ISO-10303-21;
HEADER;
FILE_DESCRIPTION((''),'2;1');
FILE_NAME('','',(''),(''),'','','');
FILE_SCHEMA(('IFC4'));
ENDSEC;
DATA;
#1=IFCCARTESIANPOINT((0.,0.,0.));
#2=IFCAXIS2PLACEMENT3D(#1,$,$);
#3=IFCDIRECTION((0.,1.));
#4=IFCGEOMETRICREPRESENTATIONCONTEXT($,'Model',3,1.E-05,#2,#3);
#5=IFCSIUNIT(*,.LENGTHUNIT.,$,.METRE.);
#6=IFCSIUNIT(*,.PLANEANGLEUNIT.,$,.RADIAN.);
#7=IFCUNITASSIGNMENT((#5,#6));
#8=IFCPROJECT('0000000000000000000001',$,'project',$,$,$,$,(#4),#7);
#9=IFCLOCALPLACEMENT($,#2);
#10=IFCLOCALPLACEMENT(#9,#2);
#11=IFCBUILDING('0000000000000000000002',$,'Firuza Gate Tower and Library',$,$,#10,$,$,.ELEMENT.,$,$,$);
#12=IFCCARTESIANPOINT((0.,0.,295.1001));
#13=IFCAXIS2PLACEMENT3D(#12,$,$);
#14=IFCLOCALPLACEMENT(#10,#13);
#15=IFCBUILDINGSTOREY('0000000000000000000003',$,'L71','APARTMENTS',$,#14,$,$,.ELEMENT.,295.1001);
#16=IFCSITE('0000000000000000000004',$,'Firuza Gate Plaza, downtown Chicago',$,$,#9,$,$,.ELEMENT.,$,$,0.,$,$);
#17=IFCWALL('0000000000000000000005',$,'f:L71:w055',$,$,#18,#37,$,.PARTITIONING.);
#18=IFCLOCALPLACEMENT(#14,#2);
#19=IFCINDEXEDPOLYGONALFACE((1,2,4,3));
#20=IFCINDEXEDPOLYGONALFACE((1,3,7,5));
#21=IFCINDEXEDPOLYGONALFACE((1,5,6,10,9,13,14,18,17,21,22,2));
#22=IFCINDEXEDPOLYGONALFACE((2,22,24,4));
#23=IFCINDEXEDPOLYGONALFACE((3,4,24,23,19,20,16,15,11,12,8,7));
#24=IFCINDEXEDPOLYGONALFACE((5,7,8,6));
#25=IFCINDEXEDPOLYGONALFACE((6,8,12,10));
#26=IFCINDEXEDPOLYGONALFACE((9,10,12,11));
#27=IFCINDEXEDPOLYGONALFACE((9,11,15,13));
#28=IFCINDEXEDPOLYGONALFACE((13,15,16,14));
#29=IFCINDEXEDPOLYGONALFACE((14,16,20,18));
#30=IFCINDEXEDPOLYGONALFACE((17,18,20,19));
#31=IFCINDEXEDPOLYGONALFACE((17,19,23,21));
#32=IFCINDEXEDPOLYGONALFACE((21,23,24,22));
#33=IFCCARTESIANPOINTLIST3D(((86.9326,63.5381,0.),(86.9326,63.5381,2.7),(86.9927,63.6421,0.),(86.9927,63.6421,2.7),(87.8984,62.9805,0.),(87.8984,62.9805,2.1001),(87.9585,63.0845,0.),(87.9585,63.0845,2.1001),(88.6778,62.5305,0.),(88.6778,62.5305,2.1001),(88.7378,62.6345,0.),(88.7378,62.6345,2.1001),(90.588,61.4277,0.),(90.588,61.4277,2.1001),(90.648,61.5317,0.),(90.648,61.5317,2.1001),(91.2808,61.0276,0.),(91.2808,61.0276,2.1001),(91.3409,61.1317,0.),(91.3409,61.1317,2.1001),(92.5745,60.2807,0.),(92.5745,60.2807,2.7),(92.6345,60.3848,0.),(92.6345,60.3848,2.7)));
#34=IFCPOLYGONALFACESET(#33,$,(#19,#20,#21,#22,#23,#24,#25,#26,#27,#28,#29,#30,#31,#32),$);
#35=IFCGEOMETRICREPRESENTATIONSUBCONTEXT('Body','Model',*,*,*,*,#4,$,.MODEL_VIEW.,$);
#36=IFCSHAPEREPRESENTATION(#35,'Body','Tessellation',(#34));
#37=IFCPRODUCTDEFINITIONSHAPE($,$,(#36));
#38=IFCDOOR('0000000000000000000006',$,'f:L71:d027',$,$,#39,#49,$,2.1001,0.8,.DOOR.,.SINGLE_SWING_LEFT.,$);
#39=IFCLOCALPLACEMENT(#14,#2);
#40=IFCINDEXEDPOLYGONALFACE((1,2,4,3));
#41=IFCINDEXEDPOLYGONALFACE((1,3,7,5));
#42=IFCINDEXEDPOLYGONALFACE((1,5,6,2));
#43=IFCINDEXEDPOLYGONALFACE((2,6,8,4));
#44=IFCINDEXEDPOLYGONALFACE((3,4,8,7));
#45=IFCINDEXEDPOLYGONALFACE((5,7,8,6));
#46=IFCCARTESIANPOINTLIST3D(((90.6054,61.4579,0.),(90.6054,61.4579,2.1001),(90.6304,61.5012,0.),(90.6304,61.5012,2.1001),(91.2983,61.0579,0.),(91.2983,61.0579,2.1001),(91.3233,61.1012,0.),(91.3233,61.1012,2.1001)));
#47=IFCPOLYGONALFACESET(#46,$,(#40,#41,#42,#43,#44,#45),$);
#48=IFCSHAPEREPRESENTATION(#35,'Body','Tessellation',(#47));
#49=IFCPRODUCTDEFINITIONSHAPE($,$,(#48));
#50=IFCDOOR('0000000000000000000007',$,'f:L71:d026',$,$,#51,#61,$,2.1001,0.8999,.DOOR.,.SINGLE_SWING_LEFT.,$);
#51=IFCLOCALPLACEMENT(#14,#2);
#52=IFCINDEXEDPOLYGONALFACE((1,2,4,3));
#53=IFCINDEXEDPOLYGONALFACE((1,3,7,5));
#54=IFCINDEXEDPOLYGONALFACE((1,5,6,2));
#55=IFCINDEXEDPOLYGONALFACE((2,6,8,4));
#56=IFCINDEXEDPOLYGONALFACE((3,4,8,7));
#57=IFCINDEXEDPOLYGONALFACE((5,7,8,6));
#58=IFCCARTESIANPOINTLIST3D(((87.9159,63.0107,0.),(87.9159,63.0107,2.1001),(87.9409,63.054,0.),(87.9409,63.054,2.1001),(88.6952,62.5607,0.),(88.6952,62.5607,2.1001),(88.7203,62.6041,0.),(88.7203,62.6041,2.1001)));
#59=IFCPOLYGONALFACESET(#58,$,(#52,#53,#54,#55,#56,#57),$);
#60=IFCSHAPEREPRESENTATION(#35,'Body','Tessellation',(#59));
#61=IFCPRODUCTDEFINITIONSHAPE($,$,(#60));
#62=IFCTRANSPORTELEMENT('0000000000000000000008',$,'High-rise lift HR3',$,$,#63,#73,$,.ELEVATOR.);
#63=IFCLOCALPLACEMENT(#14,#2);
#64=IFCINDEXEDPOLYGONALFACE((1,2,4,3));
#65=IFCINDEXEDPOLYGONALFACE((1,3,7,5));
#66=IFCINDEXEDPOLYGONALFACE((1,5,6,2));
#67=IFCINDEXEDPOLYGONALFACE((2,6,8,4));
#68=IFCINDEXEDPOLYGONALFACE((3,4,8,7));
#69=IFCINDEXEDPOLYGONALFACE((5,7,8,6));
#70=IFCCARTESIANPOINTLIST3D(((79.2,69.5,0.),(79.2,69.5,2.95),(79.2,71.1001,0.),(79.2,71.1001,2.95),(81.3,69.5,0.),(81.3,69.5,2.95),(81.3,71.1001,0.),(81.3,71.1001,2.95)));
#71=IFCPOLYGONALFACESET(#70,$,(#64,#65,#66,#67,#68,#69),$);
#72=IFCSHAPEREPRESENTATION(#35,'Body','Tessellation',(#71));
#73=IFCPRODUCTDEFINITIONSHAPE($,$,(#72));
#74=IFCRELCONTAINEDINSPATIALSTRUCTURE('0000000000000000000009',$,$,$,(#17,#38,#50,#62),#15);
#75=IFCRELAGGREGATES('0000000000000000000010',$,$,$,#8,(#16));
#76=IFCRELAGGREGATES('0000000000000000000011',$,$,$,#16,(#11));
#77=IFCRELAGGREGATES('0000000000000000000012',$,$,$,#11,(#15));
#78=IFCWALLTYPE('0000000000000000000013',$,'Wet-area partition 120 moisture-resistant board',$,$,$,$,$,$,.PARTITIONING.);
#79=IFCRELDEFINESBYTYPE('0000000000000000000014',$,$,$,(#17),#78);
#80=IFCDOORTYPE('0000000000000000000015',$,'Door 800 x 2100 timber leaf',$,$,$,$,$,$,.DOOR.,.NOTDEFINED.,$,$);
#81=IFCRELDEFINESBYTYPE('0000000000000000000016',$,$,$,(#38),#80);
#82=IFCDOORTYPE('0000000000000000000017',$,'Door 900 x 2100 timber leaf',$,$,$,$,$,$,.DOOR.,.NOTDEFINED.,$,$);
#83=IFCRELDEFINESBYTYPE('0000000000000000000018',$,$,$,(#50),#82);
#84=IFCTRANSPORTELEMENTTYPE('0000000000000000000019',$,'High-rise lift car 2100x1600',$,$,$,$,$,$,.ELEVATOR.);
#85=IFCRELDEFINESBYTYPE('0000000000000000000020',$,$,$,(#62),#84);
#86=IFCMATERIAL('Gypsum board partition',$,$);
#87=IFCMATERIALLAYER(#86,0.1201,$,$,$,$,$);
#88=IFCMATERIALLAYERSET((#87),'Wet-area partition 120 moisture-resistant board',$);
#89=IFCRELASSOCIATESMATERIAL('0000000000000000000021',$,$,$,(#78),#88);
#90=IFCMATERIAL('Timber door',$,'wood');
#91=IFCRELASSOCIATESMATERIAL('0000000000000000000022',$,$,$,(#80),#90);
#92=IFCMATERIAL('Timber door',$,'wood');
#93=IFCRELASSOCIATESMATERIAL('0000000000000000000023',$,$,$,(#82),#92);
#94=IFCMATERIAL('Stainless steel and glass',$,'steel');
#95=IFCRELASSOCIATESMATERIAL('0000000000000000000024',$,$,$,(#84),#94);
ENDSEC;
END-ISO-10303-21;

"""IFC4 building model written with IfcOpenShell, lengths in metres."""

from ifc_helpers import new_model, si_unit, direction, frame, frame_2d, origin, origin_2d, place, context, subcontext, project, spatial, rectangle, extrude, material, layer, layer_set, type_object, element, fill, save


model = new_model("IFC4")

# Units and contexts
model_context = context("Model", 3, precision=1e-05, world=origin(), true_north=direction((0.0, 1.0)))
body_context = subcontext(model_context, "Body", "Model", "MODEL_VIEW")
ifc_project = project(units=[si_unit("LENGTHUNIT", "METRE"), si_unit("PLANEANGLEUNIT", "RADIAN")], contexts=[model_context])

# Site, building, storey
site_placement = place(None, origin())
site = spatial("IfcSite", under=ifc_project, at=site_placement, Name="Firuza Gate Plaza, downtown Chicago", CompositionType="ELEMENT", RefElevation=0.0)
building_placement = place(site_placement, origin())
building = spatial("IfcBuilding", under=site, at=building_placement, Name="Firuza Gate Tower and Library", CompositionType="ELEMENT")
storey_placement = place(building_placement, frame((0.0, 0.0, 295.1001)))
storey = spatial("IfcBuildingStorey", under=building, at=storey_placement, Name="L71", Description="APARTMENTS", CompositionType="ELEMENT", Elevation=295.1001)

# Shared definitions
ifc_material_1 = material(Name="Gypsum board partition")
ifc_layer_1 = layer(ifc_material_1, 0.1201)
ifc_layer_set_1 = layer_set([ifc_layer_1], Name="Wet-area partition 120 moisture-resistant board")
wall_type_1 = type_object("IfcWallType", Name="Wet-area partition 120 moisture-resistant board", PredefinedType="PARTITIONING", material=ifc_layer_set_1)

# Wall, openings, doors
wall_1_placement = place(storey_placement, frame((86.9626, 63.5901, 0.0), z_axis=(0.0, 0.0, 1.0), x_axis=(0.866025, -0.5, 0.0)))
wall_1 = element("IfcWall", 1, at=wall_1_placement, inside=storey, type_object=wall_type_1, Name="f:L71:w055", PredefinedType="PARTITIONING", context=body_context, shape_type="SweptSolid", body=[
    extrude(rectangle(XDim=6.5146, YDim=0.1201, at=frame_2d((3.2573, 0.0))), origin(), (0.0, 0.0, 1.0), 2.7),
])
opening_1_placement = place(wall_1_placement, frame((1.1152, 0.0, 0.0)))
opening_1 = element("IfcOpeningElement", 2, at=opening_1_placement, cuts=wall_1, PredefinedType="OPENING", context=body_context, shape_type="SweptSolid", body=[
    extrude(rectangle(XDim=0.8999, YDim=2.1001, at=frame_2d((0.45, 1.05))), frame((0.0, 0.0701, 0.0), z_axis=(0.0, -1.0, 0.0), x_axis=(1.0, 0.0, 0.0)), (0.0, 0.0, 1.0), 0.1401),
])
opening_2_placement = place(wall_1_placement, frame((4.2209, 0.0, 0.0)))
opening_2 = element("IfcOpeningElement", 3, at=opening_2_placement, cuts=wall_1, PredefinedType="OPENING", context=body_context, shape_type="SweptSolid", body=[
    extrude(rectangle(XDim=0.8, YDim=2.1001, at=frame_2d((0.3999, 1.05))), frame((0.0, 0.0701, 0.0), z_axis=(0.0, -1.0, 0.0), x_axis=(1.0, 0.0, 0.0)), (0.0, 0.0, 1.0), 0.1401),
])
ifc_material_2 = material(Name="Timber door", Category="wood")
door_type_1 = type_object("IfcDoorType", Name="Door 800 x 2100 timber leaf", OperationType="NOTDEFINED", PredefinedType="DOOR", material=ifc_material_2)
door_1_placement = place(opening_2_placement, origin())
door_1 = element("IfcDoor", 4, at=door_1_placement, inside=storey, type_object=door_type_1, Name="f:L71:d027", OperationType="SINGLE_SWING_LEFT", OverallHeight=2.1001, OverallWidth=0.8, PredefinedType="DOOR", context=body_context, shape_type="SweptSolid", body=[
    extrude(rectangle(XDim=0.8, YDim=2.1001, at=frame_2d((0.3999, 1.05))), frame((0.0, 0.0249, 0.0), z_axis=(0.0, -1.0, 0.0), x_axis=(1.0, 0.0, 0.0)), (0.0, 0.0, 1.0), 0.05),
])
fill(opening_2, door_1)
ifc_material_3 = material(Name="Timber door", Category="wood")
door_type_2 = type_object("IfcDoorType", Name="Door 900 x 2100 timber leaf", OperationType="NOTDEFINED", PredefinedType="DOOR", material=ifc_material_3)
door_2_placement = place(opening_1_placement, origin())
door_2 = element("IfcDoor", 5, at=door_2_placement, inside=storey, type_object=door_type_2, Name="f:L71:d026", OperationType="SINGLE_SWING_LEFT", OverallHeight=2.1001, OverallWidth=0.8999, PredefinedType="DOOR", context=body_context, shape_type="SweptSolid", body=[
    extrude(rectangle(XDim=0.8999, YDim=2.1001, at=frame_2d((0.45, 1.05))), frame((0.0, 0.0249, 0.0), z_axis=(0.0, -1.0, 0.0), x_axis=(1.0, 0.0, 0.0)), (0.0, 0.0, 1.0), 0.05),
])
fill(opening_1, door_2)

# Transport element
ifc_material_4 = material(Name="Stainless steel and glass", Category="steel")
transport_element_type = type_object("IfcTransportElementType", Name="High-rise lift car 2100x1600", PredefinedType="ELEVATOR", material=ifc_material_4)
transport_element_placement = place(storey_placement, frame((80.25, 70.3, 0.0), z_axis=(0.0, 0.0, 1.0), x_axis=(1.0, 0.0, 0.0)))
element("IfcTransportElement", 6, at=transport_element_placement, inside=storey, type_object=transport_element_type, Name="High-rise lift HR3", PredefinedType="ELEVATOR", context=body_context, shape_type="SweptSolid", body=[
    extrude(rectangle(XDim=2.1001, YDim=1.6001, at=origin_2d()), origin(), (0.0, 0.0, 1.0), 2.95),
])

save(model, "model.ifc")
